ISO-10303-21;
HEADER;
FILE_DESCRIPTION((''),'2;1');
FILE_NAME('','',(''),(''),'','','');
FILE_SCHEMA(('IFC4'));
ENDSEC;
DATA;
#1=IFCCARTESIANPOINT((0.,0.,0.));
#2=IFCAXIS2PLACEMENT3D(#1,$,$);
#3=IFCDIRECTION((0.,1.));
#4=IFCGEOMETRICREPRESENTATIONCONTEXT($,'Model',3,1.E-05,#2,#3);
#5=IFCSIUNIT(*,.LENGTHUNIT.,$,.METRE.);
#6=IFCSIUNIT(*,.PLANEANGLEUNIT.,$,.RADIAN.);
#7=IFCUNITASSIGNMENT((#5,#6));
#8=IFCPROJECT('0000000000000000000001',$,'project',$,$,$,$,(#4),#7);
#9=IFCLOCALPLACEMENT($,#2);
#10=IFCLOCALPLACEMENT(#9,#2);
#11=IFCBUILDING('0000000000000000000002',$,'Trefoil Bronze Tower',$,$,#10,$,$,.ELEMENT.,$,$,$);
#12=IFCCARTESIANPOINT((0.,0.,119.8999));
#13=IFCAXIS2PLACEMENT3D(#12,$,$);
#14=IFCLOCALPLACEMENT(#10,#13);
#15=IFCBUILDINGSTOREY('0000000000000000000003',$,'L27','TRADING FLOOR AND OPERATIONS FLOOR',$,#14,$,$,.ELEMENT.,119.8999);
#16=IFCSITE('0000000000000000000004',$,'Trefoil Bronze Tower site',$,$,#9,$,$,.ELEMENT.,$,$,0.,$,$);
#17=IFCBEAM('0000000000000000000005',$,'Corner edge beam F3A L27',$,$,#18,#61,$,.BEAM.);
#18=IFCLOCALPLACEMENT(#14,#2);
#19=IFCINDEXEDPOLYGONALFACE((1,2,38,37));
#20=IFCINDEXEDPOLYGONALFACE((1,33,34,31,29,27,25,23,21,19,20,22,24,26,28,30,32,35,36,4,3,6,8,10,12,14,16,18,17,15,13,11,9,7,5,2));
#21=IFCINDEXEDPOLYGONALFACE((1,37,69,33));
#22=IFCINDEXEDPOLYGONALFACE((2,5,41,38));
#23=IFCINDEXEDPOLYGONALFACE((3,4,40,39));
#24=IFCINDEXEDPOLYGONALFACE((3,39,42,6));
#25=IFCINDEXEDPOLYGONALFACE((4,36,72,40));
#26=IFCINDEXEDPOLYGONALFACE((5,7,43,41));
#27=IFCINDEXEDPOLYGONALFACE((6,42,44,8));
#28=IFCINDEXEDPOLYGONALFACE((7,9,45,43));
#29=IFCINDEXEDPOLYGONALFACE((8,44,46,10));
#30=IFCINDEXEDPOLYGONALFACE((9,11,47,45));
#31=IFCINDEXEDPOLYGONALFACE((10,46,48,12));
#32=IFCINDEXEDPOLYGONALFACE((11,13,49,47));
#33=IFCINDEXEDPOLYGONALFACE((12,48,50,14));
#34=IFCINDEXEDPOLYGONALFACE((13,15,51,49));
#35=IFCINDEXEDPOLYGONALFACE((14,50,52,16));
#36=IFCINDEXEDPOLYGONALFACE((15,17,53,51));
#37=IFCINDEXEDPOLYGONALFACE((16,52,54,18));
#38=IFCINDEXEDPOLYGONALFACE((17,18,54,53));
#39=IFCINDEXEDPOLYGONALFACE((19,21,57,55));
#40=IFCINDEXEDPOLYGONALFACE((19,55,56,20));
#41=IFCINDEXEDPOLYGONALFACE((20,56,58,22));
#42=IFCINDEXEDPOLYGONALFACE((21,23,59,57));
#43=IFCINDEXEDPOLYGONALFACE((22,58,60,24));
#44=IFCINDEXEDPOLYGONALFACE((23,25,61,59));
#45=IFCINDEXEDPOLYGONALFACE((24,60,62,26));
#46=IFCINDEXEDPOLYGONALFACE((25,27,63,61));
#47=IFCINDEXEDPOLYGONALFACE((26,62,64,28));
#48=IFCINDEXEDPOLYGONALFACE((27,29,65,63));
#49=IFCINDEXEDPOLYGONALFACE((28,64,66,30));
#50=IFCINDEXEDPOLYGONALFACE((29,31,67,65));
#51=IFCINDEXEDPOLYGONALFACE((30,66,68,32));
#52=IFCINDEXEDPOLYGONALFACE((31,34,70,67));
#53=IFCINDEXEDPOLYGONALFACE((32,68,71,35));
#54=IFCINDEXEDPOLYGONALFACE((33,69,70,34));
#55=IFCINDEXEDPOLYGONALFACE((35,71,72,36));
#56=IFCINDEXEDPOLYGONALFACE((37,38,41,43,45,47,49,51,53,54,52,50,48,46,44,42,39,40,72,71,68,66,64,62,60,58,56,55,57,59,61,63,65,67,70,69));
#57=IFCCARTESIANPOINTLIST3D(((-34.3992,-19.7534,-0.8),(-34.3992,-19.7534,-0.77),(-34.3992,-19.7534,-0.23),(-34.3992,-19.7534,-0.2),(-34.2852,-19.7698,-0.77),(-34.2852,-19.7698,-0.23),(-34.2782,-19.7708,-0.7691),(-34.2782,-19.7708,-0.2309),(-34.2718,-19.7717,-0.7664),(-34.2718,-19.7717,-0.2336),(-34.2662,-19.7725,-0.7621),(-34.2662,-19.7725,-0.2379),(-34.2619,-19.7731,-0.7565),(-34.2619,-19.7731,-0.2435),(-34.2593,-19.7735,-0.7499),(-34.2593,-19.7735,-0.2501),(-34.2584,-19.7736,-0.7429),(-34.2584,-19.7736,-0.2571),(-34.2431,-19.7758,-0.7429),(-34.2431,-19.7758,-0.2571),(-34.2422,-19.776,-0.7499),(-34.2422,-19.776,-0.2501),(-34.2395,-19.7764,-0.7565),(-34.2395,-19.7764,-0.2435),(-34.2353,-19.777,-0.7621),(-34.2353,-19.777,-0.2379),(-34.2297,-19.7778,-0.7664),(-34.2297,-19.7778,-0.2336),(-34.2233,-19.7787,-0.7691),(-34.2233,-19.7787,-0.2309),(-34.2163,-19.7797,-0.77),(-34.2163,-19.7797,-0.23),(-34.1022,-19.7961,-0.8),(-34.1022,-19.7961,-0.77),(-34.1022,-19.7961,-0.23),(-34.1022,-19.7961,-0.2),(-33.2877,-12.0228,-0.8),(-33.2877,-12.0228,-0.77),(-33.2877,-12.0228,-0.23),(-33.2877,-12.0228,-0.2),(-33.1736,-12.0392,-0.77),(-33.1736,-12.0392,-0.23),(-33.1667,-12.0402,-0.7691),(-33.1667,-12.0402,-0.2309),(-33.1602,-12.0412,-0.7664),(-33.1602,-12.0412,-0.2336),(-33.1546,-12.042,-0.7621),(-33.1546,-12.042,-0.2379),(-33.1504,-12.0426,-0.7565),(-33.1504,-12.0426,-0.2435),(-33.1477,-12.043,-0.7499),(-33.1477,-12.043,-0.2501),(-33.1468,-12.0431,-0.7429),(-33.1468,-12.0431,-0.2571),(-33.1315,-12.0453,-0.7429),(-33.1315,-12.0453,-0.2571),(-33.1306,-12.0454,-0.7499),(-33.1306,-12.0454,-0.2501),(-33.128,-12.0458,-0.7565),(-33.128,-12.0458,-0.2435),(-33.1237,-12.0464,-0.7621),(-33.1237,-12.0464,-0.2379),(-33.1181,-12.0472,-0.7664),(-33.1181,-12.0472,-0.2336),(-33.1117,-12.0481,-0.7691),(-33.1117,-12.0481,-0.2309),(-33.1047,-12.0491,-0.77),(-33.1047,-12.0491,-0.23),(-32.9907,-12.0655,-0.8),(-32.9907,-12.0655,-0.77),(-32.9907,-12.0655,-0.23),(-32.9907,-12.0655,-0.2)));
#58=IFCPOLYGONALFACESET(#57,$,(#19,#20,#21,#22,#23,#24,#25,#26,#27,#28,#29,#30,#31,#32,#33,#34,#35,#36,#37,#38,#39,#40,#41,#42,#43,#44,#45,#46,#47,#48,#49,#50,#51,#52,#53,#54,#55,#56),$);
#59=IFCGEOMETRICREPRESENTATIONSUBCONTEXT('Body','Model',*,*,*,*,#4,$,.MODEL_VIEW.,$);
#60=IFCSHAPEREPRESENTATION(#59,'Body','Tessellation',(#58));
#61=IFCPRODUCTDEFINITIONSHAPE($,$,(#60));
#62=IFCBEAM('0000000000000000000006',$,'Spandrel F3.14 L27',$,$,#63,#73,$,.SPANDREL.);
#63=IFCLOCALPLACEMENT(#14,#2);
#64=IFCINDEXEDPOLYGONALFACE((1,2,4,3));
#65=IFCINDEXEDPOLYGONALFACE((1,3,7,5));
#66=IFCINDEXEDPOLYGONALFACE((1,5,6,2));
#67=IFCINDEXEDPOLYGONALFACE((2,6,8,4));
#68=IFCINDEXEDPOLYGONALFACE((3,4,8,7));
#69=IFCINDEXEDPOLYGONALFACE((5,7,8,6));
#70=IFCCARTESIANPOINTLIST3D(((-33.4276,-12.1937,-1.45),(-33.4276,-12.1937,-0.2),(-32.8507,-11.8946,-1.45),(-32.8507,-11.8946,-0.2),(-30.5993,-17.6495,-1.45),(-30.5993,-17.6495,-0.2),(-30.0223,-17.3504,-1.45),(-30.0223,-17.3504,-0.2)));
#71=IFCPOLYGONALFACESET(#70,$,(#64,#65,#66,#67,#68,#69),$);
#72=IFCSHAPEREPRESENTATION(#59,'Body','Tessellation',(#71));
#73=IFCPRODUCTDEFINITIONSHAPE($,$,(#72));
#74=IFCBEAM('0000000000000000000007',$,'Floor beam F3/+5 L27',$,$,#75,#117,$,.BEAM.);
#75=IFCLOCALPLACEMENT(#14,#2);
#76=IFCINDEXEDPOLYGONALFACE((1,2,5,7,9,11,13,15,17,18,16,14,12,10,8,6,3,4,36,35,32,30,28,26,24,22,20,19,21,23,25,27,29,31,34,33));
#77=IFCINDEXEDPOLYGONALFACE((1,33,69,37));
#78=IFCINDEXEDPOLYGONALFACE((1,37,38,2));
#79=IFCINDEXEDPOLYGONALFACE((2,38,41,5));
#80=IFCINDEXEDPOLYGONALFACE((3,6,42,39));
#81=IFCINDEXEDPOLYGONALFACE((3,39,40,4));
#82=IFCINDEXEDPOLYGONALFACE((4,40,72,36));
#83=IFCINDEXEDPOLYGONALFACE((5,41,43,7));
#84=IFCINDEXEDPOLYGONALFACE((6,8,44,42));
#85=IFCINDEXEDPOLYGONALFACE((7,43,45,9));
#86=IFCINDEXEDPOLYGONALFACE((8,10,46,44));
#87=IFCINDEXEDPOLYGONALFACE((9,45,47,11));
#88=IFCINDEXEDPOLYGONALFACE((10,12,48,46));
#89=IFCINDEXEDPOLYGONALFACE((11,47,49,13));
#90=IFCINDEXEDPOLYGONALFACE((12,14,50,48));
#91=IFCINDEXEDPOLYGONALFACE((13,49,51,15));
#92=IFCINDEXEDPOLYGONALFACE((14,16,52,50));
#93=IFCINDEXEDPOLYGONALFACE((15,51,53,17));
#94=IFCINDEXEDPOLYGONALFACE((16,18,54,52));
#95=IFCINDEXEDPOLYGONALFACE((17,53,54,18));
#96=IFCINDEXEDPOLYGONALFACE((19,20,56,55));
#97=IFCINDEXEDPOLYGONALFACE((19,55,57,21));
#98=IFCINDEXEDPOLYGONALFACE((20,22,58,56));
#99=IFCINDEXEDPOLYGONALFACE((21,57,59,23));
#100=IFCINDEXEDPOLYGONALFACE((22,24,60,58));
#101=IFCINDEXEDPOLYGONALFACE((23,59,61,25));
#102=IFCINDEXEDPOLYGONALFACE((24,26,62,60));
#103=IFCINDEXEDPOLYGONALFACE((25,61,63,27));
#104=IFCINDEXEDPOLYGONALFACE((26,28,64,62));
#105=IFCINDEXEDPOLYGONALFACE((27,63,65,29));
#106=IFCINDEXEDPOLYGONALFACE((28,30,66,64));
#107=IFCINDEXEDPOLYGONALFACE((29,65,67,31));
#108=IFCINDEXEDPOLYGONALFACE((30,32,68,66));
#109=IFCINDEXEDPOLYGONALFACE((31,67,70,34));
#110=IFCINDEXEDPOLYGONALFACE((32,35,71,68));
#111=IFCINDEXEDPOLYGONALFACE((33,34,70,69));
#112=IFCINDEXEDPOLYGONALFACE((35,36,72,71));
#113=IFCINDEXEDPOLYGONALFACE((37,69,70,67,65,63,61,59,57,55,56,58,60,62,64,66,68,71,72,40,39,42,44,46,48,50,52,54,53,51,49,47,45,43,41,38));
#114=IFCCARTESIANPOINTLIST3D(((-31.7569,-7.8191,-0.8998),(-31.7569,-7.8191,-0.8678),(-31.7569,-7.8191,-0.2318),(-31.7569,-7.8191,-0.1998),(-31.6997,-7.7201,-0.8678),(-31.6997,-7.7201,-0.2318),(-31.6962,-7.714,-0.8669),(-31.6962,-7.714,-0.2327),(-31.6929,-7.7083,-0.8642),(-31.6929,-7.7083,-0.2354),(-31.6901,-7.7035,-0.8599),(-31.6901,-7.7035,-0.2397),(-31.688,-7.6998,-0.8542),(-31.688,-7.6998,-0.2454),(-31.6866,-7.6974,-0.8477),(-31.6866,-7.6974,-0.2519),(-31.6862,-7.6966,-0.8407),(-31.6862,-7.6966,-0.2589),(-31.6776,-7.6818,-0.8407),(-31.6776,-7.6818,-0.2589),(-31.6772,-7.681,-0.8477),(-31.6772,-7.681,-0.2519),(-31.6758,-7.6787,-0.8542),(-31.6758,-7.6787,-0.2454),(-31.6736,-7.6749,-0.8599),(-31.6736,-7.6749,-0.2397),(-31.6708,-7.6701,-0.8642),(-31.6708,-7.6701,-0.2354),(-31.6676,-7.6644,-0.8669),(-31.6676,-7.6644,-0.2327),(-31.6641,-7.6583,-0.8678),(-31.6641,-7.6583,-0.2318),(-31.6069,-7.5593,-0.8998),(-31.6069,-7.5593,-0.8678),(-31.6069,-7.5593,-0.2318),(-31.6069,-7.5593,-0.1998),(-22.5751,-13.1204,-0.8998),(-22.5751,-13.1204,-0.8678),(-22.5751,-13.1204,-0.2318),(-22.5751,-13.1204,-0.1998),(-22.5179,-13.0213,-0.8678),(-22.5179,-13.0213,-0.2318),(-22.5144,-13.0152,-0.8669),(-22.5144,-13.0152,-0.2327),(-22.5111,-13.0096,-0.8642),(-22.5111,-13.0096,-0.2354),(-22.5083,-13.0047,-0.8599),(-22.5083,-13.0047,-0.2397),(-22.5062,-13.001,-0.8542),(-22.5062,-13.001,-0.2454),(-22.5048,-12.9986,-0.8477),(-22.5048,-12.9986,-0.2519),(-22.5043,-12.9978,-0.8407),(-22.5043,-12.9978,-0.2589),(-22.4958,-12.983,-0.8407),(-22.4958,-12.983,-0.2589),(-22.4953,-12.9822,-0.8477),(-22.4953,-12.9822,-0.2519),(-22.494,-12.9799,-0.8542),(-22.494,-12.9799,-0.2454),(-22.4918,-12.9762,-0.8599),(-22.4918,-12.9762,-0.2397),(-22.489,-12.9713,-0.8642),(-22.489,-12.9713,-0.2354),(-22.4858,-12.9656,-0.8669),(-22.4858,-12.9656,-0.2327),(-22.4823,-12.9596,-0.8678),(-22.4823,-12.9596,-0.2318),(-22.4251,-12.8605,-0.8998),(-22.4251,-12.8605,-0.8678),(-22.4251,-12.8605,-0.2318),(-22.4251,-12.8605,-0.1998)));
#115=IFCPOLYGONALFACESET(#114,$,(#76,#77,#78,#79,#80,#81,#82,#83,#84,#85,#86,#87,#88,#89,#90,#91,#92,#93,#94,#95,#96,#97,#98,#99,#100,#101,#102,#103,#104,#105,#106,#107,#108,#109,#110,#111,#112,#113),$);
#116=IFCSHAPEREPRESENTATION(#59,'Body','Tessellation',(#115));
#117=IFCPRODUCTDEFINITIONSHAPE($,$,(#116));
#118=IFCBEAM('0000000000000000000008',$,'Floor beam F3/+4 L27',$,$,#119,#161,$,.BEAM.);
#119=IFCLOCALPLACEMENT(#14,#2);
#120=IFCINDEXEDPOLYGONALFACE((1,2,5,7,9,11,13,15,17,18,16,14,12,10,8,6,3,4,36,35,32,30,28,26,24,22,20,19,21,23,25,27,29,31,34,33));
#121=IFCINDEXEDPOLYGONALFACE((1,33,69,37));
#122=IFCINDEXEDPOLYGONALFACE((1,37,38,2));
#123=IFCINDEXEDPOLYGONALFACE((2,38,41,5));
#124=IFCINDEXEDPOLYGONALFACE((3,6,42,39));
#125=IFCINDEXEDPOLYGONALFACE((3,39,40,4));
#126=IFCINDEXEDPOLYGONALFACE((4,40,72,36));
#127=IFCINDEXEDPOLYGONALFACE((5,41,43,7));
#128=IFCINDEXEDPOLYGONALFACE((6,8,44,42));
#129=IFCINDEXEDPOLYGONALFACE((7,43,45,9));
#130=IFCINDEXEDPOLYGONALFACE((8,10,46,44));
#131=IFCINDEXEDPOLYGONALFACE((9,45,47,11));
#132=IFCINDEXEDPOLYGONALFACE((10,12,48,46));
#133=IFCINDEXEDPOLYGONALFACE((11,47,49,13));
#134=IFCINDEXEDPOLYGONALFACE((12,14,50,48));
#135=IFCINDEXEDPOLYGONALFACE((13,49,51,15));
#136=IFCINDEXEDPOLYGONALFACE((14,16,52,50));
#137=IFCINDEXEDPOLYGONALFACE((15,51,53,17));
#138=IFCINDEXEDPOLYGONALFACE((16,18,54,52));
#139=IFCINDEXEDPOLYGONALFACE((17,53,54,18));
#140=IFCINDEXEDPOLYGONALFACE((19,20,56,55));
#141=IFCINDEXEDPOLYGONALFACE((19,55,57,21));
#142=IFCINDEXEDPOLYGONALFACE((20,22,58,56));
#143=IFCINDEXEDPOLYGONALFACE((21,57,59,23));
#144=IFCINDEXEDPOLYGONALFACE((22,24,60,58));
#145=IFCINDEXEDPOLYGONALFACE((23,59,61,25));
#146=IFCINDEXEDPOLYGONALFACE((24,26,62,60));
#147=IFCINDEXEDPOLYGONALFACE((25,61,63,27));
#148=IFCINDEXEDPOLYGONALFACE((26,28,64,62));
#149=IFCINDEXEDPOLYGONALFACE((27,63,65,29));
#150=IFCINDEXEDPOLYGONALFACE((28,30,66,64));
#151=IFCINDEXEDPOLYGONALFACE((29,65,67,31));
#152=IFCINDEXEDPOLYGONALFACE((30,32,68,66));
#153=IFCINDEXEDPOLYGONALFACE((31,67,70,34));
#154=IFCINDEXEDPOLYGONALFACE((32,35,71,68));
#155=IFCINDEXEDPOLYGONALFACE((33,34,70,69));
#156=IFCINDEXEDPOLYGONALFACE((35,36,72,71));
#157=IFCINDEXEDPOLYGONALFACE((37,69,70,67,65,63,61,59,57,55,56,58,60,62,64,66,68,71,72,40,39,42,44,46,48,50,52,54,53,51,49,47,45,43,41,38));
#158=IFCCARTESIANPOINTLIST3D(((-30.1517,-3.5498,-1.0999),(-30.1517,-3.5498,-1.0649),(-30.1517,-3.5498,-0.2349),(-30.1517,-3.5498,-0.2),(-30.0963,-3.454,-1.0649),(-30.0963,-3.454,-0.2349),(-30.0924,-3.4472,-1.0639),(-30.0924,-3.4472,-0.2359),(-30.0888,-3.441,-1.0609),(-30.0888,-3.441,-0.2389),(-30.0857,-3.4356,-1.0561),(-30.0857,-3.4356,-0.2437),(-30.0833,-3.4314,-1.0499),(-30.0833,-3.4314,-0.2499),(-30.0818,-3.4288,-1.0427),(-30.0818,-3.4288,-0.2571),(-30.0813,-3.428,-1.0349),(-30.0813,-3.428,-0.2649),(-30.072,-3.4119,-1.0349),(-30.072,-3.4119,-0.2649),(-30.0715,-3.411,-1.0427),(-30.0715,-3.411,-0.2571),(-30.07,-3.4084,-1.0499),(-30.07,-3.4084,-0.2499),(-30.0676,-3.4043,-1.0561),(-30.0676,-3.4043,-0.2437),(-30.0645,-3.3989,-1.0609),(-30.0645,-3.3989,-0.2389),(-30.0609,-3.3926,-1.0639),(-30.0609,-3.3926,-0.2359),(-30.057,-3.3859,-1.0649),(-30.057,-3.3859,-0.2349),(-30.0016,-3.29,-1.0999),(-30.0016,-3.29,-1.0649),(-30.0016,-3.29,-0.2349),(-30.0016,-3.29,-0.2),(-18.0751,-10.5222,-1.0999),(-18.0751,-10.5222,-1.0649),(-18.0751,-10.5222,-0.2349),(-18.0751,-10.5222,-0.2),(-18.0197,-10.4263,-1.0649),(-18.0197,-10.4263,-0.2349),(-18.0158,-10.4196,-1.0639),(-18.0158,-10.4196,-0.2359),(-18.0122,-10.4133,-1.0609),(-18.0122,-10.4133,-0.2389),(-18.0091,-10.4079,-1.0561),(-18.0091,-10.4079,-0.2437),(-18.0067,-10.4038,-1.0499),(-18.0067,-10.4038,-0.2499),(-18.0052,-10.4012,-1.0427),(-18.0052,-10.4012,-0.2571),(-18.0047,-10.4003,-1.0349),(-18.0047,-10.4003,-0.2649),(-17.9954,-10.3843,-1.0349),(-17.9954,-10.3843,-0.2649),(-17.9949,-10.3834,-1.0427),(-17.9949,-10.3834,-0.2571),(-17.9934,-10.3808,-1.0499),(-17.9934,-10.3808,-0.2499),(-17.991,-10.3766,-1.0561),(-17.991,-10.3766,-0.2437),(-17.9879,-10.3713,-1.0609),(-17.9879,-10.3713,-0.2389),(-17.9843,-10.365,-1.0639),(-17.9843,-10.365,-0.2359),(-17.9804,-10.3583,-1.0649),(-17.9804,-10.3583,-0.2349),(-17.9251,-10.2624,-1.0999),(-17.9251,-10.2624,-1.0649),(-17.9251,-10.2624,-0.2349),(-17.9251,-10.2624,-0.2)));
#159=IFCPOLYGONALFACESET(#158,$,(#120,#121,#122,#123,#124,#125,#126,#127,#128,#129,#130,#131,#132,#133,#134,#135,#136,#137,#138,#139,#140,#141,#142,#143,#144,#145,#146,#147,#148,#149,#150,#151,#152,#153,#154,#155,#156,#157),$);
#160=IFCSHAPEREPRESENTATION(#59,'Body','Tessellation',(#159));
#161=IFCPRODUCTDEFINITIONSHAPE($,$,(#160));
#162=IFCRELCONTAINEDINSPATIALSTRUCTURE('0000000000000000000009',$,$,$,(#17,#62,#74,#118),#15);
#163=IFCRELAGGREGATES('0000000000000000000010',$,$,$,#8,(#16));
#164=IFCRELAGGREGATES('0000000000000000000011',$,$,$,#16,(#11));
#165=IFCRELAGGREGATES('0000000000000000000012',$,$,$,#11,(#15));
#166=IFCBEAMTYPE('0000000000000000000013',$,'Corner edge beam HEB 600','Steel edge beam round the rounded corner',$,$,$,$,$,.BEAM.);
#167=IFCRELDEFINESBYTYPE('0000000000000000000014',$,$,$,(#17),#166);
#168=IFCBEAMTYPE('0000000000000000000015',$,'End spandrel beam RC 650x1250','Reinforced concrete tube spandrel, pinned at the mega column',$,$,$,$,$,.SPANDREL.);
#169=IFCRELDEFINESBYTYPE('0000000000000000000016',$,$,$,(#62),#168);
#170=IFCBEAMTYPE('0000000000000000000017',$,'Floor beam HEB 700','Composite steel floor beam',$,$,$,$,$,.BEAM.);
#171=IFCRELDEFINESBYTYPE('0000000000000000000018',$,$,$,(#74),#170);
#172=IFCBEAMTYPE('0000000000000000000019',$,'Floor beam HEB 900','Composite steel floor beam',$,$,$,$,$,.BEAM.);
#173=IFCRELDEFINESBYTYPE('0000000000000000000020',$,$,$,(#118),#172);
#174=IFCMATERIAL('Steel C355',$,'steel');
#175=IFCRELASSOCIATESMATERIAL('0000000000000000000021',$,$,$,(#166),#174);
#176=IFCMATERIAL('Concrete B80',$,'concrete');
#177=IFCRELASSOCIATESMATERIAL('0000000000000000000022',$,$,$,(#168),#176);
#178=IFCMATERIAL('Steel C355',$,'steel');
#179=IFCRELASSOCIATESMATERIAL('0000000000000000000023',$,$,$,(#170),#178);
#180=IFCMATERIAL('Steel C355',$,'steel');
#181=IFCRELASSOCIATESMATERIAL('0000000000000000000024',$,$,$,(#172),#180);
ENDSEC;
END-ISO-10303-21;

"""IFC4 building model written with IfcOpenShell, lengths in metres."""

from ifc_helpers import new_model, si_unit, direction, frame, origin, origin_2d, place, context, subcontext, project, spatial, rectangle, i_section, extrude, material, material_profile, profile_set, type_object, element, save


model = new_model("IFC4")

# Units and contexts
model_context = context("Model", 3, precision=1e-05, world=origin(), true_north=direction((0.0, 1.0)))
body_context = subcontext(model_context, "Body", "Model", "MODEL_VIEW")
ifc_project = project(units=[si_unit("LENGTHUNIT", "METRE"), si_unit("PLANEANGLEUNIT", "RADIAN")], contexts=[model_context])

# Site, building, storey
site_placement = place(None, origin())
site = spatial("IfcSite", under=ifc_project, at=site_placement, Name="Trefoil Bronze Tower site", CompositionType="ELEMENT", RefElevation=0.0)
building_placement = place(site_placement, origin())
building = spatial("IfcBuilding", under=site, at=building_placement, Name="Trefoil Bronze Tower", CompositionType="ELEMENT")
storey_placement = place(building_placement, frame((0.0, 0.0, 119.8999)))
storey = spatial("IfcBuildingStorey", under=building, at=storey_placement, Name="L27", Description="TRADING FLOOR AND OPERATIONS FLOOR", CompositionType="ELEMENT", Elevation=119.8999)

# Beams
ifc_material_1 = material(Name="Steel C355", Category="steel")
ifc_material_profile_1 = material_profile(ifc_material_1, i_section(OverallWidth=0.3, OverallDepth=0.6001, WebThickness=0.0154, FlangeThickness=0.03, FilletRadius=0.0271, at=origin_2d()), Name="HEB 600")
ifc_profile_set_1 = profile_set([ifc_material_profile_1], Name="Steel C355")
beam_type_1 = type_object("IfcBeamType", Name="Corner edge beam HEB 600", Description="Steel edge beam round the rounded corner", PredefinedType="BEAM", material=ifc_profile_set_1)
beam_1_placement = place(storey_placement, frame((-33.1392, -12.0442, -0.5), z_axis=(-0.142327, -0.98982, 0.0), x_axis=(0.98982, -0.142327, 0.0)))
element("IfcBeam", 1, at=beam_1_placement, inside=storey, type_object=beam_type_1, Name="Corner edge beam F3A L27", PredefinedType="BEAM", context=body_context, shape_type="SweptSolid", body=[
    extrude(i_section(OverallWidth=0.3, OverallDepth=0.6001, WebThickness=0.0154, FlangeThickness=0.03, FilletRadius=0.0271, at=origin_2d()), origin(), (0.0, 0.0, 1.0), 7.8101),
])
ifc_material_2 = material(Name="Concrete B80", Category="concrete")
ifc_material_profile_2 = material_profile(ifc_material_2, rectangle(XDim=0.6499, YDim=1.25, at=origin_2d()), Name="RC 650x1250")
ifc_profile_set_2 = profile_set([ifc_material_profile_2], Name="Concrete B80")
beam_type_2 = type_object("IfcBeamType", Name="End spandrel beam RC 650x1250", Description="Reinforced concrete tube spandrel, pinned at the mega column", PredefinedType="SPANDREL", material=ifc_profile_set_2)
beam_2_placement = place(storey_placement, frame((-33.1392, -12.0442, -0.825), z_axis=(0.460244, -0.887792, 0.0), x_axis=(0.887792, 0.460244, 0.0)))
element("IfcBeam", 2, at=beam_2_placement, inside=storey, type_object=beam_type_2, Name="Spandrel F3.14 L27", PredefinedType="SPANDREL", context=body_context, shape_type="SweptSolid", body=[
    extrude(rectangle(XDim=0.6499, YDim=1.25, at=origin_2d()), origin(), (0.0, 0.0, 1.0), 6.1453),
])
ifc_material_3 = material(Name="Steel C355", Category="steel")
ifc_material_profile_3 = material_profile(ifc_material_3, i_section(OverallWidth=0.3, OverallDepth=0.7, WebThickness=0.0171, FlangeThickness=0.032, FilletRadius=0.0271, at=origin_2d()), Name="HEB 700")
ifc_profile_set_3 = profile_set([ifc_material_profile_3], Name="Steel C355")
beam_type_3 = type_object("IfcBeamType", Name="Floor beam HEB 700", Description="Composite steel floor beam", PredefinedType="BEAM", material=ifc_profile_set_3)
beam_3_placement = place(storey_placement, frame((-31.6819, -7.6892, -0.5498), z_axis=(0.866021, -0.500007, 0.0), x_axis=(0.500007, 0.866021, 0.0)))
element("IfcBeam", 3, at=beam_3_placement, inside=storey, type_object=beam_type_3, Name="Floor beam F3/+5 L27", PredefinedType="BEAM", context=body_context, shape_type="SweptSolid", body=[
    extrude(i_section(OverallWidth=0.3, OverallDepth=0.7, WebThickness=0.0171, FlangeThickness=0.032, FilletRadius=0.0271, at=origin_2d()), origin(), (0.0, 0.0, 1.0), 10.6023),
])
ifc_material_4 = material(Name="Steel C355", Category="steel")
ifc_material_profile_4 = material_profile(ifc_material_4, i_section(OverallWidth=0.3, OverallDepth=0.8999, WebThickness=0.0186, FlangeThickness=0.0349, FilletRadius=0.03, at=origin_2d()), Name="HEB 900")
ifc_profile_set_4 = profile_set([ifc_material_profile_4], Name="Steel C355")
beam_type_4 = type_object("IfcBeamType", Name="Floor beam HEB 900", Description="Composite steel floor beam", PredefinedType="BEAM", material=ifc_profile_set_4)
beam_4_placement = place(storey_placement, frame((-30.0767, -3.4199, -0.6499), z_axis=(0.866027, -0.499997, 0.0), x_axis=(0.499997, 0.866027, 0.0)))
element("IfcBeam", 4, at=beam_4_placement, inside=storey, type_object=beam_type_4, Name="Floor beam F3/+4 L27", PredefinedType="BEAM", context=body_context, shape_type="SweptSolid", body=[
    extrude(i_section(OverallWidth=0.3, OverallDepth=0.8999, WebThickness=0.0186, FlangeThickness=0.0349, FilletRadius=0.03, at=origin_2d()), origin(), (0.0, 0.0, 1.0), 13.9448),
])

save(model, "model.ifc")
